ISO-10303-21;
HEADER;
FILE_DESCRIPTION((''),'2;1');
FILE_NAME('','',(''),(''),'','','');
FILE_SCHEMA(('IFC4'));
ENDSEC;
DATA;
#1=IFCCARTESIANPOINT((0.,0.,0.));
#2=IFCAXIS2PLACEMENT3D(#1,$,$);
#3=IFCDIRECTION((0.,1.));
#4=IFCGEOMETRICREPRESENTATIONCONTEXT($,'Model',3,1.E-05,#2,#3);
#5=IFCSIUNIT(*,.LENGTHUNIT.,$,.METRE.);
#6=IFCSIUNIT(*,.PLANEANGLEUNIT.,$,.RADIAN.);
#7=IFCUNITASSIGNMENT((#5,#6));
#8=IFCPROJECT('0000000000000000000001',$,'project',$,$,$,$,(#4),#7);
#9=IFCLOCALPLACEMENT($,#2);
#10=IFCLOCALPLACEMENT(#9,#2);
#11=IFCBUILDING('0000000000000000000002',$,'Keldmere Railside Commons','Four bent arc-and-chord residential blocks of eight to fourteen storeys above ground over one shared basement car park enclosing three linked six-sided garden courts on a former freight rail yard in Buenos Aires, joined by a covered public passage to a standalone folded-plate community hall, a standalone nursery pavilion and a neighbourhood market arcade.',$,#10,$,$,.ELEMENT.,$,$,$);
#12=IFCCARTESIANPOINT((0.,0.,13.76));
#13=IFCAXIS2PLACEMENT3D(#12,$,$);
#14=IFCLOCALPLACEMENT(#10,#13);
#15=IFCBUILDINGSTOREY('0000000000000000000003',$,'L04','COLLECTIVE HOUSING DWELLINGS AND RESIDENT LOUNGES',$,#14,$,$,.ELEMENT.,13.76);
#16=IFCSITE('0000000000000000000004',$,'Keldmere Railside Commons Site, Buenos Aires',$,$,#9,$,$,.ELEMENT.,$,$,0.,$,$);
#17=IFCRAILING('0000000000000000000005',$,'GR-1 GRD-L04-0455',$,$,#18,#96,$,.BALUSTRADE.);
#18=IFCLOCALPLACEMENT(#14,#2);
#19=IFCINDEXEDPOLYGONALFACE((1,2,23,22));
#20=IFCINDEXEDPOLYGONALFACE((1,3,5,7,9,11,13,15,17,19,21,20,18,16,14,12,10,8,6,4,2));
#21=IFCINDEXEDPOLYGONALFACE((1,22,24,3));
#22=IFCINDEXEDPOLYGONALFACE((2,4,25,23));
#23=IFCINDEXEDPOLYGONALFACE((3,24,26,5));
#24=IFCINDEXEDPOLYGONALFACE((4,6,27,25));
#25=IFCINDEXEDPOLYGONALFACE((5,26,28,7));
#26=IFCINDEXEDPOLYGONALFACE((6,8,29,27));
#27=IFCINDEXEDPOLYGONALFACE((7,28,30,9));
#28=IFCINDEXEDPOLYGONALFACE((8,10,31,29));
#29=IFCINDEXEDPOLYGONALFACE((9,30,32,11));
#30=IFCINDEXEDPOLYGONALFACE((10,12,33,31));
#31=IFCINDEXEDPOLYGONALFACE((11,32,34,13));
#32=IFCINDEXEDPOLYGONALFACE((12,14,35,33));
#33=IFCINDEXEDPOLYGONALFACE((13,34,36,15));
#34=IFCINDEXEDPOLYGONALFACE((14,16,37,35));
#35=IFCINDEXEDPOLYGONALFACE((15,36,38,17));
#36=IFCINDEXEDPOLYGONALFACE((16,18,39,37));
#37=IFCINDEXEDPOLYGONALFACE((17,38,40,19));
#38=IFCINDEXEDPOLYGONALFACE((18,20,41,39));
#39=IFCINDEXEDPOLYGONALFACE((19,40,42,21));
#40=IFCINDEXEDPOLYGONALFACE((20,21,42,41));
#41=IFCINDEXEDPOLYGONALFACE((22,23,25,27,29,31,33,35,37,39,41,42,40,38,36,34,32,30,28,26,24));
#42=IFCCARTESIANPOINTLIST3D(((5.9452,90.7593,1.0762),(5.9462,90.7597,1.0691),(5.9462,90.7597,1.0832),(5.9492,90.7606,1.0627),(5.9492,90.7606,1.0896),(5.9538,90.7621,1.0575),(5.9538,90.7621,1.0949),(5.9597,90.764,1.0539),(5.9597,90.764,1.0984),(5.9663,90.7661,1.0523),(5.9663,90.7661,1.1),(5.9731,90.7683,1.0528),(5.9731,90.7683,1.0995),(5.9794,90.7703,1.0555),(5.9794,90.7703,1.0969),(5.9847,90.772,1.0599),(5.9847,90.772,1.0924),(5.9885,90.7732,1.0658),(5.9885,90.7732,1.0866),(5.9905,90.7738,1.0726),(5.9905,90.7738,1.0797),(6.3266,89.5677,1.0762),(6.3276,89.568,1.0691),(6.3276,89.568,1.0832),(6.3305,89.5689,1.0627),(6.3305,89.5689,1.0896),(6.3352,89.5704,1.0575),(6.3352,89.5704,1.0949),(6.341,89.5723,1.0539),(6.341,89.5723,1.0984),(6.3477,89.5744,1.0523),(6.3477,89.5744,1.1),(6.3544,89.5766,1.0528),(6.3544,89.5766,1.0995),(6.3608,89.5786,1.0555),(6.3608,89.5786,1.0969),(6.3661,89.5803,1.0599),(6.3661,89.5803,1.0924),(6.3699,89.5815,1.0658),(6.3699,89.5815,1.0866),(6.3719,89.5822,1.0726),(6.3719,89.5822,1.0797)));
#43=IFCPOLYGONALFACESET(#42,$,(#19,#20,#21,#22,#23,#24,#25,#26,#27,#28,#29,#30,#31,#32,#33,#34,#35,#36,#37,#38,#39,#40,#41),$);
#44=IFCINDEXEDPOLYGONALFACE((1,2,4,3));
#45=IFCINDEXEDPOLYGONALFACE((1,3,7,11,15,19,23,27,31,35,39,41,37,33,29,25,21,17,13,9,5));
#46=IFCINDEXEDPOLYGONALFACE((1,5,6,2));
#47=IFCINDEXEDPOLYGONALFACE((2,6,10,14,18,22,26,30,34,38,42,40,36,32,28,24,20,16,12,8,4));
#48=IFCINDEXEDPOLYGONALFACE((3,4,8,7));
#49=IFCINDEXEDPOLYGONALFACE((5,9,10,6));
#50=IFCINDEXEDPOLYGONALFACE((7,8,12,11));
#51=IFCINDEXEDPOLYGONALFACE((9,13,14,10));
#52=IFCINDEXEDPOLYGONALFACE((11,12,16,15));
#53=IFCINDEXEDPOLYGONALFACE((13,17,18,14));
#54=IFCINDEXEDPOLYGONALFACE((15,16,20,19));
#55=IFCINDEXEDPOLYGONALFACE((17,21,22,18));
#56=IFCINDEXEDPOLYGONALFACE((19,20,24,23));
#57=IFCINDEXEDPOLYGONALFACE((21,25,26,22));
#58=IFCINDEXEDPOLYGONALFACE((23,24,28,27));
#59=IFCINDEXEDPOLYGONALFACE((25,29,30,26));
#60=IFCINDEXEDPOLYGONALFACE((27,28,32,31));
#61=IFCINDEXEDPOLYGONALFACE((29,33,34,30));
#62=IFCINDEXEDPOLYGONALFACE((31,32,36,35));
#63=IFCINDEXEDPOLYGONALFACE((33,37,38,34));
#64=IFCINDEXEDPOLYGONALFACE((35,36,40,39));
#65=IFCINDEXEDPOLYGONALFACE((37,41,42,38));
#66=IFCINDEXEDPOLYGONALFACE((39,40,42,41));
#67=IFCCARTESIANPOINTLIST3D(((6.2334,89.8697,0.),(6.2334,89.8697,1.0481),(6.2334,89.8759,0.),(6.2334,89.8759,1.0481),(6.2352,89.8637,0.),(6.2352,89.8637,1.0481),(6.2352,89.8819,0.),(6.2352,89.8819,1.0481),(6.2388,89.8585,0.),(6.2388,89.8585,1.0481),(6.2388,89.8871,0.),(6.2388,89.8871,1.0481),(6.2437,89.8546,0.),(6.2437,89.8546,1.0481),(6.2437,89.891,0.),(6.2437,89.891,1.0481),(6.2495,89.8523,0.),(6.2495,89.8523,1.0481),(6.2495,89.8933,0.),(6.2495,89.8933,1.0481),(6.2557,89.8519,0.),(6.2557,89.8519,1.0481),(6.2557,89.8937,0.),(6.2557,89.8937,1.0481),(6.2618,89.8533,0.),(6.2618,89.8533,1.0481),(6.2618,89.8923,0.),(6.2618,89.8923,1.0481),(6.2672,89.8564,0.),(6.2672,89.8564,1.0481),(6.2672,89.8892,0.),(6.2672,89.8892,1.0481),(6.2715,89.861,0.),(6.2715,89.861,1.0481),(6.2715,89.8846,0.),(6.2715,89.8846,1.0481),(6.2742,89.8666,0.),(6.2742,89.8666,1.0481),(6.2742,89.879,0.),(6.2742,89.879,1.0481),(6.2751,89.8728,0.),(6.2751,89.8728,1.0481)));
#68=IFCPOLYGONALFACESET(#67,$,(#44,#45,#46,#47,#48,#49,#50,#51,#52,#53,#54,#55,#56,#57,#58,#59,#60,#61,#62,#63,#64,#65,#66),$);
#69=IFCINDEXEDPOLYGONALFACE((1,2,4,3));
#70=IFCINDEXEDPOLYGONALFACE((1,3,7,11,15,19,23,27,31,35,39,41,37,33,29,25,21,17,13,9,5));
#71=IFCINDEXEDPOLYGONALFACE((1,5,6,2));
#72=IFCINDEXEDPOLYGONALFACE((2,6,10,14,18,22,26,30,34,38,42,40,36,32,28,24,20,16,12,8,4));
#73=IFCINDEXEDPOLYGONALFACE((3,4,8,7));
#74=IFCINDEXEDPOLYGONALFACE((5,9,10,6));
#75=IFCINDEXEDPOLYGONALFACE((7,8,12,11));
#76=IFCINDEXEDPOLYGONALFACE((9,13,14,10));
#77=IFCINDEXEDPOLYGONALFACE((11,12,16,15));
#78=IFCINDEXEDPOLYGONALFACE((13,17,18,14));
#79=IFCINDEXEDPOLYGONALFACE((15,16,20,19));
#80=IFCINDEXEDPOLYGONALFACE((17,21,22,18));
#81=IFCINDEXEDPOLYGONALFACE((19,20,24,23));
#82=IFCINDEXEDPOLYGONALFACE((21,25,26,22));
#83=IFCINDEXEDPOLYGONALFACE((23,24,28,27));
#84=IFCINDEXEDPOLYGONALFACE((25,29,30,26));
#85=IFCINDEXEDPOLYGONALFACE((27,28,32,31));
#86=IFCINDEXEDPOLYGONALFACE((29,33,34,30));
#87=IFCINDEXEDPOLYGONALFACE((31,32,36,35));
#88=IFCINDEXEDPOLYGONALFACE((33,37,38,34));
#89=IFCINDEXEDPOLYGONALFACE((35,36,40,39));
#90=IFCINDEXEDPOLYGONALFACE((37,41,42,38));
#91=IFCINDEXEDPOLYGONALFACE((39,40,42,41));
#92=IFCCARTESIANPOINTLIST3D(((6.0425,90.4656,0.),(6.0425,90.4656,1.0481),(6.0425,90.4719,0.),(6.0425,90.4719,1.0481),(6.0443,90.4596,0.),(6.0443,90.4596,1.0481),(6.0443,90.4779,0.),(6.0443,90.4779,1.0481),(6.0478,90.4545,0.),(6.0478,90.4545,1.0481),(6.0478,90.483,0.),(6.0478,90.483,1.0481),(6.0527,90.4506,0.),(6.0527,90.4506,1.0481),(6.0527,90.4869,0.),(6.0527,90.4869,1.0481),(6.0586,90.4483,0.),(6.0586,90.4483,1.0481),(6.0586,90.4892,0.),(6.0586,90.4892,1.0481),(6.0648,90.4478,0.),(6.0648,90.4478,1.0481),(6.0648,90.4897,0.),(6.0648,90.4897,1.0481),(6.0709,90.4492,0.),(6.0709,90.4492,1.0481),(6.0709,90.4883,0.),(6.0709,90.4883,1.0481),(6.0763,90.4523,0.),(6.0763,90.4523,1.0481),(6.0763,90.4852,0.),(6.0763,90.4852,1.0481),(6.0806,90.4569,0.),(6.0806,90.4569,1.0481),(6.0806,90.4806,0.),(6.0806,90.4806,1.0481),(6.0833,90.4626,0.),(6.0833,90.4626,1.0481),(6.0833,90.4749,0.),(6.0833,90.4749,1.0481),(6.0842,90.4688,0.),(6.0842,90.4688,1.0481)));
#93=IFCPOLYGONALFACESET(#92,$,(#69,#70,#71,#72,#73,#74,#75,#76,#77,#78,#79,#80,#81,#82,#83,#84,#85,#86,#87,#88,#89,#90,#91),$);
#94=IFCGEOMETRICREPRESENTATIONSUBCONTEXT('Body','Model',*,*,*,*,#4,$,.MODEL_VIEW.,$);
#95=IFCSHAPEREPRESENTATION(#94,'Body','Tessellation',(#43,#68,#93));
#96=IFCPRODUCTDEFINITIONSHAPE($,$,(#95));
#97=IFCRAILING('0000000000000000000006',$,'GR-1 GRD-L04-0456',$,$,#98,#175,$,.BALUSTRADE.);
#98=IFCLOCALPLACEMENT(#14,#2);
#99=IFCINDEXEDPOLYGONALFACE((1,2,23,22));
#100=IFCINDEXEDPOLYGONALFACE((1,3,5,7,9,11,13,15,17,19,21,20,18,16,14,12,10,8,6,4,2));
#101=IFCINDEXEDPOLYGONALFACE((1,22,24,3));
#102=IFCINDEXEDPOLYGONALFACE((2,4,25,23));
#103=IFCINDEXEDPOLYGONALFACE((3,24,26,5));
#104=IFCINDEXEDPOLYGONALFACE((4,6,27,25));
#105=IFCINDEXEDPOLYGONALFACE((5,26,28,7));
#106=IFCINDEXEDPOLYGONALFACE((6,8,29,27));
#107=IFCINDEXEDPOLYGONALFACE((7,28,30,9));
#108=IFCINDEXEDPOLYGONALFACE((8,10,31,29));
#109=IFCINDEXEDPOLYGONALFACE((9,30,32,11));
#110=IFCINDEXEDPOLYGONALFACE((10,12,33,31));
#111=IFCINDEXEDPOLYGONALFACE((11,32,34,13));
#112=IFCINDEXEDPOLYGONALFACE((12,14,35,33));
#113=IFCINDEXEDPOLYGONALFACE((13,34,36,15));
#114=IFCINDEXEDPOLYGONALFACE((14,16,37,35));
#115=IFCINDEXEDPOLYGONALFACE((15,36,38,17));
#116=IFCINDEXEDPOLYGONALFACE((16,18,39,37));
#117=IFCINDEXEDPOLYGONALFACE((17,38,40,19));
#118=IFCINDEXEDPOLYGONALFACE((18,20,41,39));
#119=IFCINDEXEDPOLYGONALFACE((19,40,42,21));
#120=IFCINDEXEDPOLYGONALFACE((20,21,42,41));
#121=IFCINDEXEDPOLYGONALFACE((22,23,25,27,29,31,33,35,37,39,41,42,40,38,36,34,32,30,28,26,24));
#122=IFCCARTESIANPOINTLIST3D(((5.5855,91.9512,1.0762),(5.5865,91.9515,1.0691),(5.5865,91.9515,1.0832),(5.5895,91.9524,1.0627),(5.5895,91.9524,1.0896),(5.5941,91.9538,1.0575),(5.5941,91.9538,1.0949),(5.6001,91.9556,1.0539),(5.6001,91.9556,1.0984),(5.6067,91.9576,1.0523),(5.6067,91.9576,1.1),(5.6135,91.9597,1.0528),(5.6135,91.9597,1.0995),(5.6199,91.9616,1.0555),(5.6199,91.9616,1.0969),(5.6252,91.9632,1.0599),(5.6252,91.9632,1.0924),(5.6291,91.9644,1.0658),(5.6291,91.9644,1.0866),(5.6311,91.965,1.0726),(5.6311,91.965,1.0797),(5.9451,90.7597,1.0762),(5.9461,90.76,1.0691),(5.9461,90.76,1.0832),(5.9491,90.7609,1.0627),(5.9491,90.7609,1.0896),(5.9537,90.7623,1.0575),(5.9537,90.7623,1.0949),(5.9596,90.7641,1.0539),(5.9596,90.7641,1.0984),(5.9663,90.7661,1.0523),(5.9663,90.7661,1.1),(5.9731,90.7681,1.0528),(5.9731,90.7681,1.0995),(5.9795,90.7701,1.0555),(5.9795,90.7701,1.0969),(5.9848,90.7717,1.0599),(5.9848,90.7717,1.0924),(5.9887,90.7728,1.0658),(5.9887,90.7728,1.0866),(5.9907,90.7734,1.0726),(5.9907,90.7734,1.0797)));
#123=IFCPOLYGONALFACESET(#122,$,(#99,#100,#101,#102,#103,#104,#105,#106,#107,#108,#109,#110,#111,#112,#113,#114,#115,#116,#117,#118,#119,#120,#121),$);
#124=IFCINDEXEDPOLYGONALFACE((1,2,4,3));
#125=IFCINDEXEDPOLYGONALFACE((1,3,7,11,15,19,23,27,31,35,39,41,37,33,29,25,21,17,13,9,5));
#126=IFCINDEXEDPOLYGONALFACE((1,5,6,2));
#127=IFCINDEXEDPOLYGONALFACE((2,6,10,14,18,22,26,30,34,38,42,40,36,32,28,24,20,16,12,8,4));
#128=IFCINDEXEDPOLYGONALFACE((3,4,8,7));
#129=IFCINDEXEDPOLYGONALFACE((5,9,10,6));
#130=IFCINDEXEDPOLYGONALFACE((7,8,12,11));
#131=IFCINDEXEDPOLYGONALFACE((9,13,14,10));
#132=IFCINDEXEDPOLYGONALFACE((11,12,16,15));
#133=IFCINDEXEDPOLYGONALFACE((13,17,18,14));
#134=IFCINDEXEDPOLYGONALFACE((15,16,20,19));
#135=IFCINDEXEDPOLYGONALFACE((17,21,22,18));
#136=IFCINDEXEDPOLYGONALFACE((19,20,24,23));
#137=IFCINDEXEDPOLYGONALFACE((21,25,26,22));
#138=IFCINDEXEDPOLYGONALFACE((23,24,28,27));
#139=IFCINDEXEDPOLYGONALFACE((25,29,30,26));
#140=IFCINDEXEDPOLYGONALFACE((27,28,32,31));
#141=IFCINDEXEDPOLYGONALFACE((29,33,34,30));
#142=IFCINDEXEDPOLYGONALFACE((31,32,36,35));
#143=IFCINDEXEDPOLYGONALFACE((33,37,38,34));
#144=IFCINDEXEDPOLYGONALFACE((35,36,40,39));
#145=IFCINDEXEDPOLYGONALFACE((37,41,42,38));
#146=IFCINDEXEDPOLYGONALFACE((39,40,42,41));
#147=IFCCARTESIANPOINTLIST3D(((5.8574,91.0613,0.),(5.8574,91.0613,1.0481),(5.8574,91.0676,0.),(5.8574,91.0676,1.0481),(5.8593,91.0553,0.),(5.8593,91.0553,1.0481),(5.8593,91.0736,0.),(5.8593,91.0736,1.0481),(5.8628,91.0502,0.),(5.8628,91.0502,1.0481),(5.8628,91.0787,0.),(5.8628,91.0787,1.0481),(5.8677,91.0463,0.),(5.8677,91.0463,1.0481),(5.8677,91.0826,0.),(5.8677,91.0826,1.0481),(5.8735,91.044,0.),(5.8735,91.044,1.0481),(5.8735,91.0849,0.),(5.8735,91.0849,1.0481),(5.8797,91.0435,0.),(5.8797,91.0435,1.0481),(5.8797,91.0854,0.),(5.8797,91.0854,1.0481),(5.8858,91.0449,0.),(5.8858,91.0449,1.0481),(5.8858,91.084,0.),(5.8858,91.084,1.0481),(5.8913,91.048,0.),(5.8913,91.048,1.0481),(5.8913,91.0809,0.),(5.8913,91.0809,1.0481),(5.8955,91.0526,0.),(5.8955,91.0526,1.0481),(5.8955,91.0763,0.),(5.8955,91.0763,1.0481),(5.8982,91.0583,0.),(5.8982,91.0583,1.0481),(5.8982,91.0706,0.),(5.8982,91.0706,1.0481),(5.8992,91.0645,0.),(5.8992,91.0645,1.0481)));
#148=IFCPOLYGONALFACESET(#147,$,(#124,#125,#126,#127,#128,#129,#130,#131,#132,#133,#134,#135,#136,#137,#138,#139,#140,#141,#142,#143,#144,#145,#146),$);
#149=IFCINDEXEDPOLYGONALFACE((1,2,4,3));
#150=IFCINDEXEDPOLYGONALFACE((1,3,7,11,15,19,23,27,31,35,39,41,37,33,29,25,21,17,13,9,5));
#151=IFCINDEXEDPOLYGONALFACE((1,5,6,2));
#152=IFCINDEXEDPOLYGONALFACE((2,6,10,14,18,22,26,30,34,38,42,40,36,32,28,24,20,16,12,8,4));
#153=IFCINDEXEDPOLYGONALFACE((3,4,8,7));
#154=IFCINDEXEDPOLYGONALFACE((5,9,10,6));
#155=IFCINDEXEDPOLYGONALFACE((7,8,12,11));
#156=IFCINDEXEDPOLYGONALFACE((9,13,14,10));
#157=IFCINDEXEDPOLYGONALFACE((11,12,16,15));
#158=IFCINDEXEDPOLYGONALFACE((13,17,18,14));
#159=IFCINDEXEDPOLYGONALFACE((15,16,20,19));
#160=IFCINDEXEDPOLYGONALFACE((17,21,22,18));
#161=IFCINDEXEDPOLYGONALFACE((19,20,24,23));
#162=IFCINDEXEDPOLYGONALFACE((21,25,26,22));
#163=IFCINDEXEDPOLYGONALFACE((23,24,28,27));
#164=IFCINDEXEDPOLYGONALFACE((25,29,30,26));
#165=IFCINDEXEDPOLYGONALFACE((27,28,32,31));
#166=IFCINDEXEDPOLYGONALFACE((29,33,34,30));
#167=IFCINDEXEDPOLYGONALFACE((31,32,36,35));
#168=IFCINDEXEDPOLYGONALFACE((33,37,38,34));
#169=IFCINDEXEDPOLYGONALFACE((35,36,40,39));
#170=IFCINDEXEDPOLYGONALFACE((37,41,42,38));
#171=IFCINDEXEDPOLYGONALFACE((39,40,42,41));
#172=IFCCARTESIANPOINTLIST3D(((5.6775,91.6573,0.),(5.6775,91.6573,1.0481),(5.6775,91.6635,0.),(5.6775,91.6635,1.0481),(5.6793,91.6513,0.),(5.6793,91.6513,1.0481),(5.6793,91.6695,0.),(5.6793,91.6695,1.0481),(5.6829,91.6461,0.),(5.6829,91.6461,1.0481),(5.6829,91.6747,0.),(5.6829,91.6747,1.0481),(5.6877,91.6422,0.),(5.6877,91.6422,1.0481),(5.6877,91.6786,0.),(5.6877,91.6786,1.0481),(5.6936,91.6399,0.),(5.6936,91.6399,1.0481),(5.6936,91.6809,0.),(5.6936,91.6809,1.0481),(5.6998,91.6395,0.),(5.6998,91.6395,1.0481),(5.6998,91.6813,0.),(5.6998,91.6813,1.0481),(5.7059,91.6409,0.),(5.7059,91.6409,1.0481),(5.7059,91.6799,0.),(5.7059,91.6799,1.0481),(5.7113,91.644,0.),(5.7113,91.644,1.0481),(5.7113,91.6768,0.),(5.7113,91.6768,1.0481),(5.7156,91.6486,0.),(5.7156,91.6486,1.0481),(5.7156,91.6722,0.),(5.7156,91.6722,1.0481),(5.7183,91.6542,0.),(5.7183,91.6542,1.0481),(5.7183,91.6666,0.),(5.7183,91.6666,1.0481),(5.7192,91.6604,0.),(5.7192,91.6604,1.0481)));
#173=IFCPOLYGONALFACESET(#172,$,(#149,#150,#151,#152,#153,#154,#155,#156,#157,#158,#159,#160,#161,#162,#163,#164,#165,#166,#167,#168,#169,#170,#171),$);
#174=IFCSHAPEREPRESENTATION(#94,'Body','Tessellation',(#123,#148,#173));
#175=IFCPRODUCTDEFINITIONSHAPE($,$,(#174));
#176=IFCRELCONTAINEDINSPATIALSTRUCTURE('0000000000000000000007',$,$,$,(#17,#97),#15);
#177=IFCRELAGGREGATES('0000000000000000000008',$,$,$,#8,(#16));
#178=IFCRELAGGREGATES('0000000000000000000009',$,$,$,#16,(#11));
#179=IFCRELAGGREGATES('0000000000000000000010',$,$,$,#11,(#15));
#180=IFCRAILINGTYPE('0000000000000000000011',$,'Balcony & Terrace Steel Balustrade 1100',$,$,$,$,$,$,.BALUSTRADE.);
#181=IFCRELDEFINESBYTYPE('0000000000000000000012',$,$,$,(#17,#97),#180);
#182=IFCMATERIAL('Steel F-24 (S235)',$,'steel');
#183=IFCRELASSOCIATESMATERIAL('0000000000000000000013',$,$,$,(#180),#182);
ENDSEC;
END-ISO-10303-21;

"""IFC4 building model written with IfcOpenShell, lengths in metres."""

from ifc_helpers import new_model, si_unit, direction, frame, origin, origin_2d, place, context, subcontext, project, spatial, circle, extrude, material, type_object, element, save


model = new_model("IFC4")

# Units and contexts
model_context = context("Model", 3, precision=1e-05, world=origin(), true_north=direction((0.0, 1.0)))
body_context = subcontext(model_context, "Body", "Model", "MODEL_VIEW")
ifc_project = project(units=[si_unit("LENGTHUNIT", "METRE"), si_unit("PLANEANGLEUNIT", "RADIAN")], contexts=[model_context])

# Site, building, storey
site_placement = place(None, origin())
site = spatial("IfcSite", under=ifc_project, at=site_placement, Name="Keldmere Railside Commons Site, Buenos Aires", CompositionType="ELEMENT", RefElevation=0.0)
building_placement = place(site_placement, origin())
building = spatial("IfcBuilding", under=site, at=building_placement, Name="Keldmere Railside Commons", Description="Four bent arc-and-chord residential blocks of eight to fourteen storeys above ground over one shared basement car park enclosing three linked six-sided garden courts on a former freight rail yard in Buenos Aires, joined by a covered public passage to a standalone folded-plate community hall, a standalone nursery pavilion and a neighbourhood market arcade.", CompositionType="ELEMENT")
storey_placement = place(building_placement, frame((0.0, 0.0, 13.76)))
storey = spatial("IfcBuildingStorey", under=building, at=storey_placement, Name="L04", Description="COLLECTIVE HOUSING DWELLINGS AND RESIDENT LOUNGES", CompositionType="ELEMENT", Elevation=13.76)

# Railings
ifc_material_1 = material(Name="Steel F-24 (S235)", Category="steel")
railing_type = type_object("IfcRailingType", Name="Balcony & Terrace Steel Balustrade 1100", PredefinedType="BALUSTRADE", material=ifc_material_1)
railing_1_placement = place(storey_placement, frame((6.3494, 89.575, 0.0)))
element("IfcRailing", 1, at=railing_1_placement, inside=storey, type_object=railing_type, Name="GR-1 GRD-L04-0455", PredefinedType="BALUSTRADE", context=body_context, shape_type="SweptSolid", body=[
    extrude(circle(Radius=0.0239, at=origin_2d()), frame((0.0, 0.0, 1.0762), z_axis=(-0.30479, 0.95242, 0.0), x_axis=(-0.95242, -0.30479, 0.0)), (0.0, 0.0, 1.0), 1.2512),
    extrude(circle(Radius=0.021, at=origin_2d()), frame((-0.0952, 0.2979, 0.0)), (0.0, 0.0, 1.0), 1.0481),
    extrude(circle(Radius=0.021, at=origin_2d()), frame((-0.2861, 0.8938, 0.0)), (0.0, 0.0, 1.0), 1.0481),
])
railing_2_placement = place(storey_placement, frame((5.968, 90.7666, 0.0)))
element("IfcRailing", 2, at=railing_2_placement, inside=storey, type_object=railing_type, Name="GR-1 GRD-L04-0456", PredefinedType="BALUSTRADE", context=body_context, shape_type="SweptSolid", body=[
    extrude(circle(Radius=0.0239, at=origin_2d()), frame((0.0, 0.0, 1.0762), z_axis=(-0.288913, 0.957355, 0.0), x_axis=(-0.957355, -0.288913, 0.0)), (0.0, 0.0, 1.0), 1.2446),
    extrude(circle(Radius=0.021, at=origin_2d()), frame((-0.0898, 0.2979, 0.0)), (0.0, 0.0, 1.0), 1.0481),
    extrude(circle(Radius=0.021, at=origin_2d()), frame((-0.2698, 0.8938, 0.0)), (0.0, 0.0, 1.0), 1.0481),
])

save(model, "model.ifc")
